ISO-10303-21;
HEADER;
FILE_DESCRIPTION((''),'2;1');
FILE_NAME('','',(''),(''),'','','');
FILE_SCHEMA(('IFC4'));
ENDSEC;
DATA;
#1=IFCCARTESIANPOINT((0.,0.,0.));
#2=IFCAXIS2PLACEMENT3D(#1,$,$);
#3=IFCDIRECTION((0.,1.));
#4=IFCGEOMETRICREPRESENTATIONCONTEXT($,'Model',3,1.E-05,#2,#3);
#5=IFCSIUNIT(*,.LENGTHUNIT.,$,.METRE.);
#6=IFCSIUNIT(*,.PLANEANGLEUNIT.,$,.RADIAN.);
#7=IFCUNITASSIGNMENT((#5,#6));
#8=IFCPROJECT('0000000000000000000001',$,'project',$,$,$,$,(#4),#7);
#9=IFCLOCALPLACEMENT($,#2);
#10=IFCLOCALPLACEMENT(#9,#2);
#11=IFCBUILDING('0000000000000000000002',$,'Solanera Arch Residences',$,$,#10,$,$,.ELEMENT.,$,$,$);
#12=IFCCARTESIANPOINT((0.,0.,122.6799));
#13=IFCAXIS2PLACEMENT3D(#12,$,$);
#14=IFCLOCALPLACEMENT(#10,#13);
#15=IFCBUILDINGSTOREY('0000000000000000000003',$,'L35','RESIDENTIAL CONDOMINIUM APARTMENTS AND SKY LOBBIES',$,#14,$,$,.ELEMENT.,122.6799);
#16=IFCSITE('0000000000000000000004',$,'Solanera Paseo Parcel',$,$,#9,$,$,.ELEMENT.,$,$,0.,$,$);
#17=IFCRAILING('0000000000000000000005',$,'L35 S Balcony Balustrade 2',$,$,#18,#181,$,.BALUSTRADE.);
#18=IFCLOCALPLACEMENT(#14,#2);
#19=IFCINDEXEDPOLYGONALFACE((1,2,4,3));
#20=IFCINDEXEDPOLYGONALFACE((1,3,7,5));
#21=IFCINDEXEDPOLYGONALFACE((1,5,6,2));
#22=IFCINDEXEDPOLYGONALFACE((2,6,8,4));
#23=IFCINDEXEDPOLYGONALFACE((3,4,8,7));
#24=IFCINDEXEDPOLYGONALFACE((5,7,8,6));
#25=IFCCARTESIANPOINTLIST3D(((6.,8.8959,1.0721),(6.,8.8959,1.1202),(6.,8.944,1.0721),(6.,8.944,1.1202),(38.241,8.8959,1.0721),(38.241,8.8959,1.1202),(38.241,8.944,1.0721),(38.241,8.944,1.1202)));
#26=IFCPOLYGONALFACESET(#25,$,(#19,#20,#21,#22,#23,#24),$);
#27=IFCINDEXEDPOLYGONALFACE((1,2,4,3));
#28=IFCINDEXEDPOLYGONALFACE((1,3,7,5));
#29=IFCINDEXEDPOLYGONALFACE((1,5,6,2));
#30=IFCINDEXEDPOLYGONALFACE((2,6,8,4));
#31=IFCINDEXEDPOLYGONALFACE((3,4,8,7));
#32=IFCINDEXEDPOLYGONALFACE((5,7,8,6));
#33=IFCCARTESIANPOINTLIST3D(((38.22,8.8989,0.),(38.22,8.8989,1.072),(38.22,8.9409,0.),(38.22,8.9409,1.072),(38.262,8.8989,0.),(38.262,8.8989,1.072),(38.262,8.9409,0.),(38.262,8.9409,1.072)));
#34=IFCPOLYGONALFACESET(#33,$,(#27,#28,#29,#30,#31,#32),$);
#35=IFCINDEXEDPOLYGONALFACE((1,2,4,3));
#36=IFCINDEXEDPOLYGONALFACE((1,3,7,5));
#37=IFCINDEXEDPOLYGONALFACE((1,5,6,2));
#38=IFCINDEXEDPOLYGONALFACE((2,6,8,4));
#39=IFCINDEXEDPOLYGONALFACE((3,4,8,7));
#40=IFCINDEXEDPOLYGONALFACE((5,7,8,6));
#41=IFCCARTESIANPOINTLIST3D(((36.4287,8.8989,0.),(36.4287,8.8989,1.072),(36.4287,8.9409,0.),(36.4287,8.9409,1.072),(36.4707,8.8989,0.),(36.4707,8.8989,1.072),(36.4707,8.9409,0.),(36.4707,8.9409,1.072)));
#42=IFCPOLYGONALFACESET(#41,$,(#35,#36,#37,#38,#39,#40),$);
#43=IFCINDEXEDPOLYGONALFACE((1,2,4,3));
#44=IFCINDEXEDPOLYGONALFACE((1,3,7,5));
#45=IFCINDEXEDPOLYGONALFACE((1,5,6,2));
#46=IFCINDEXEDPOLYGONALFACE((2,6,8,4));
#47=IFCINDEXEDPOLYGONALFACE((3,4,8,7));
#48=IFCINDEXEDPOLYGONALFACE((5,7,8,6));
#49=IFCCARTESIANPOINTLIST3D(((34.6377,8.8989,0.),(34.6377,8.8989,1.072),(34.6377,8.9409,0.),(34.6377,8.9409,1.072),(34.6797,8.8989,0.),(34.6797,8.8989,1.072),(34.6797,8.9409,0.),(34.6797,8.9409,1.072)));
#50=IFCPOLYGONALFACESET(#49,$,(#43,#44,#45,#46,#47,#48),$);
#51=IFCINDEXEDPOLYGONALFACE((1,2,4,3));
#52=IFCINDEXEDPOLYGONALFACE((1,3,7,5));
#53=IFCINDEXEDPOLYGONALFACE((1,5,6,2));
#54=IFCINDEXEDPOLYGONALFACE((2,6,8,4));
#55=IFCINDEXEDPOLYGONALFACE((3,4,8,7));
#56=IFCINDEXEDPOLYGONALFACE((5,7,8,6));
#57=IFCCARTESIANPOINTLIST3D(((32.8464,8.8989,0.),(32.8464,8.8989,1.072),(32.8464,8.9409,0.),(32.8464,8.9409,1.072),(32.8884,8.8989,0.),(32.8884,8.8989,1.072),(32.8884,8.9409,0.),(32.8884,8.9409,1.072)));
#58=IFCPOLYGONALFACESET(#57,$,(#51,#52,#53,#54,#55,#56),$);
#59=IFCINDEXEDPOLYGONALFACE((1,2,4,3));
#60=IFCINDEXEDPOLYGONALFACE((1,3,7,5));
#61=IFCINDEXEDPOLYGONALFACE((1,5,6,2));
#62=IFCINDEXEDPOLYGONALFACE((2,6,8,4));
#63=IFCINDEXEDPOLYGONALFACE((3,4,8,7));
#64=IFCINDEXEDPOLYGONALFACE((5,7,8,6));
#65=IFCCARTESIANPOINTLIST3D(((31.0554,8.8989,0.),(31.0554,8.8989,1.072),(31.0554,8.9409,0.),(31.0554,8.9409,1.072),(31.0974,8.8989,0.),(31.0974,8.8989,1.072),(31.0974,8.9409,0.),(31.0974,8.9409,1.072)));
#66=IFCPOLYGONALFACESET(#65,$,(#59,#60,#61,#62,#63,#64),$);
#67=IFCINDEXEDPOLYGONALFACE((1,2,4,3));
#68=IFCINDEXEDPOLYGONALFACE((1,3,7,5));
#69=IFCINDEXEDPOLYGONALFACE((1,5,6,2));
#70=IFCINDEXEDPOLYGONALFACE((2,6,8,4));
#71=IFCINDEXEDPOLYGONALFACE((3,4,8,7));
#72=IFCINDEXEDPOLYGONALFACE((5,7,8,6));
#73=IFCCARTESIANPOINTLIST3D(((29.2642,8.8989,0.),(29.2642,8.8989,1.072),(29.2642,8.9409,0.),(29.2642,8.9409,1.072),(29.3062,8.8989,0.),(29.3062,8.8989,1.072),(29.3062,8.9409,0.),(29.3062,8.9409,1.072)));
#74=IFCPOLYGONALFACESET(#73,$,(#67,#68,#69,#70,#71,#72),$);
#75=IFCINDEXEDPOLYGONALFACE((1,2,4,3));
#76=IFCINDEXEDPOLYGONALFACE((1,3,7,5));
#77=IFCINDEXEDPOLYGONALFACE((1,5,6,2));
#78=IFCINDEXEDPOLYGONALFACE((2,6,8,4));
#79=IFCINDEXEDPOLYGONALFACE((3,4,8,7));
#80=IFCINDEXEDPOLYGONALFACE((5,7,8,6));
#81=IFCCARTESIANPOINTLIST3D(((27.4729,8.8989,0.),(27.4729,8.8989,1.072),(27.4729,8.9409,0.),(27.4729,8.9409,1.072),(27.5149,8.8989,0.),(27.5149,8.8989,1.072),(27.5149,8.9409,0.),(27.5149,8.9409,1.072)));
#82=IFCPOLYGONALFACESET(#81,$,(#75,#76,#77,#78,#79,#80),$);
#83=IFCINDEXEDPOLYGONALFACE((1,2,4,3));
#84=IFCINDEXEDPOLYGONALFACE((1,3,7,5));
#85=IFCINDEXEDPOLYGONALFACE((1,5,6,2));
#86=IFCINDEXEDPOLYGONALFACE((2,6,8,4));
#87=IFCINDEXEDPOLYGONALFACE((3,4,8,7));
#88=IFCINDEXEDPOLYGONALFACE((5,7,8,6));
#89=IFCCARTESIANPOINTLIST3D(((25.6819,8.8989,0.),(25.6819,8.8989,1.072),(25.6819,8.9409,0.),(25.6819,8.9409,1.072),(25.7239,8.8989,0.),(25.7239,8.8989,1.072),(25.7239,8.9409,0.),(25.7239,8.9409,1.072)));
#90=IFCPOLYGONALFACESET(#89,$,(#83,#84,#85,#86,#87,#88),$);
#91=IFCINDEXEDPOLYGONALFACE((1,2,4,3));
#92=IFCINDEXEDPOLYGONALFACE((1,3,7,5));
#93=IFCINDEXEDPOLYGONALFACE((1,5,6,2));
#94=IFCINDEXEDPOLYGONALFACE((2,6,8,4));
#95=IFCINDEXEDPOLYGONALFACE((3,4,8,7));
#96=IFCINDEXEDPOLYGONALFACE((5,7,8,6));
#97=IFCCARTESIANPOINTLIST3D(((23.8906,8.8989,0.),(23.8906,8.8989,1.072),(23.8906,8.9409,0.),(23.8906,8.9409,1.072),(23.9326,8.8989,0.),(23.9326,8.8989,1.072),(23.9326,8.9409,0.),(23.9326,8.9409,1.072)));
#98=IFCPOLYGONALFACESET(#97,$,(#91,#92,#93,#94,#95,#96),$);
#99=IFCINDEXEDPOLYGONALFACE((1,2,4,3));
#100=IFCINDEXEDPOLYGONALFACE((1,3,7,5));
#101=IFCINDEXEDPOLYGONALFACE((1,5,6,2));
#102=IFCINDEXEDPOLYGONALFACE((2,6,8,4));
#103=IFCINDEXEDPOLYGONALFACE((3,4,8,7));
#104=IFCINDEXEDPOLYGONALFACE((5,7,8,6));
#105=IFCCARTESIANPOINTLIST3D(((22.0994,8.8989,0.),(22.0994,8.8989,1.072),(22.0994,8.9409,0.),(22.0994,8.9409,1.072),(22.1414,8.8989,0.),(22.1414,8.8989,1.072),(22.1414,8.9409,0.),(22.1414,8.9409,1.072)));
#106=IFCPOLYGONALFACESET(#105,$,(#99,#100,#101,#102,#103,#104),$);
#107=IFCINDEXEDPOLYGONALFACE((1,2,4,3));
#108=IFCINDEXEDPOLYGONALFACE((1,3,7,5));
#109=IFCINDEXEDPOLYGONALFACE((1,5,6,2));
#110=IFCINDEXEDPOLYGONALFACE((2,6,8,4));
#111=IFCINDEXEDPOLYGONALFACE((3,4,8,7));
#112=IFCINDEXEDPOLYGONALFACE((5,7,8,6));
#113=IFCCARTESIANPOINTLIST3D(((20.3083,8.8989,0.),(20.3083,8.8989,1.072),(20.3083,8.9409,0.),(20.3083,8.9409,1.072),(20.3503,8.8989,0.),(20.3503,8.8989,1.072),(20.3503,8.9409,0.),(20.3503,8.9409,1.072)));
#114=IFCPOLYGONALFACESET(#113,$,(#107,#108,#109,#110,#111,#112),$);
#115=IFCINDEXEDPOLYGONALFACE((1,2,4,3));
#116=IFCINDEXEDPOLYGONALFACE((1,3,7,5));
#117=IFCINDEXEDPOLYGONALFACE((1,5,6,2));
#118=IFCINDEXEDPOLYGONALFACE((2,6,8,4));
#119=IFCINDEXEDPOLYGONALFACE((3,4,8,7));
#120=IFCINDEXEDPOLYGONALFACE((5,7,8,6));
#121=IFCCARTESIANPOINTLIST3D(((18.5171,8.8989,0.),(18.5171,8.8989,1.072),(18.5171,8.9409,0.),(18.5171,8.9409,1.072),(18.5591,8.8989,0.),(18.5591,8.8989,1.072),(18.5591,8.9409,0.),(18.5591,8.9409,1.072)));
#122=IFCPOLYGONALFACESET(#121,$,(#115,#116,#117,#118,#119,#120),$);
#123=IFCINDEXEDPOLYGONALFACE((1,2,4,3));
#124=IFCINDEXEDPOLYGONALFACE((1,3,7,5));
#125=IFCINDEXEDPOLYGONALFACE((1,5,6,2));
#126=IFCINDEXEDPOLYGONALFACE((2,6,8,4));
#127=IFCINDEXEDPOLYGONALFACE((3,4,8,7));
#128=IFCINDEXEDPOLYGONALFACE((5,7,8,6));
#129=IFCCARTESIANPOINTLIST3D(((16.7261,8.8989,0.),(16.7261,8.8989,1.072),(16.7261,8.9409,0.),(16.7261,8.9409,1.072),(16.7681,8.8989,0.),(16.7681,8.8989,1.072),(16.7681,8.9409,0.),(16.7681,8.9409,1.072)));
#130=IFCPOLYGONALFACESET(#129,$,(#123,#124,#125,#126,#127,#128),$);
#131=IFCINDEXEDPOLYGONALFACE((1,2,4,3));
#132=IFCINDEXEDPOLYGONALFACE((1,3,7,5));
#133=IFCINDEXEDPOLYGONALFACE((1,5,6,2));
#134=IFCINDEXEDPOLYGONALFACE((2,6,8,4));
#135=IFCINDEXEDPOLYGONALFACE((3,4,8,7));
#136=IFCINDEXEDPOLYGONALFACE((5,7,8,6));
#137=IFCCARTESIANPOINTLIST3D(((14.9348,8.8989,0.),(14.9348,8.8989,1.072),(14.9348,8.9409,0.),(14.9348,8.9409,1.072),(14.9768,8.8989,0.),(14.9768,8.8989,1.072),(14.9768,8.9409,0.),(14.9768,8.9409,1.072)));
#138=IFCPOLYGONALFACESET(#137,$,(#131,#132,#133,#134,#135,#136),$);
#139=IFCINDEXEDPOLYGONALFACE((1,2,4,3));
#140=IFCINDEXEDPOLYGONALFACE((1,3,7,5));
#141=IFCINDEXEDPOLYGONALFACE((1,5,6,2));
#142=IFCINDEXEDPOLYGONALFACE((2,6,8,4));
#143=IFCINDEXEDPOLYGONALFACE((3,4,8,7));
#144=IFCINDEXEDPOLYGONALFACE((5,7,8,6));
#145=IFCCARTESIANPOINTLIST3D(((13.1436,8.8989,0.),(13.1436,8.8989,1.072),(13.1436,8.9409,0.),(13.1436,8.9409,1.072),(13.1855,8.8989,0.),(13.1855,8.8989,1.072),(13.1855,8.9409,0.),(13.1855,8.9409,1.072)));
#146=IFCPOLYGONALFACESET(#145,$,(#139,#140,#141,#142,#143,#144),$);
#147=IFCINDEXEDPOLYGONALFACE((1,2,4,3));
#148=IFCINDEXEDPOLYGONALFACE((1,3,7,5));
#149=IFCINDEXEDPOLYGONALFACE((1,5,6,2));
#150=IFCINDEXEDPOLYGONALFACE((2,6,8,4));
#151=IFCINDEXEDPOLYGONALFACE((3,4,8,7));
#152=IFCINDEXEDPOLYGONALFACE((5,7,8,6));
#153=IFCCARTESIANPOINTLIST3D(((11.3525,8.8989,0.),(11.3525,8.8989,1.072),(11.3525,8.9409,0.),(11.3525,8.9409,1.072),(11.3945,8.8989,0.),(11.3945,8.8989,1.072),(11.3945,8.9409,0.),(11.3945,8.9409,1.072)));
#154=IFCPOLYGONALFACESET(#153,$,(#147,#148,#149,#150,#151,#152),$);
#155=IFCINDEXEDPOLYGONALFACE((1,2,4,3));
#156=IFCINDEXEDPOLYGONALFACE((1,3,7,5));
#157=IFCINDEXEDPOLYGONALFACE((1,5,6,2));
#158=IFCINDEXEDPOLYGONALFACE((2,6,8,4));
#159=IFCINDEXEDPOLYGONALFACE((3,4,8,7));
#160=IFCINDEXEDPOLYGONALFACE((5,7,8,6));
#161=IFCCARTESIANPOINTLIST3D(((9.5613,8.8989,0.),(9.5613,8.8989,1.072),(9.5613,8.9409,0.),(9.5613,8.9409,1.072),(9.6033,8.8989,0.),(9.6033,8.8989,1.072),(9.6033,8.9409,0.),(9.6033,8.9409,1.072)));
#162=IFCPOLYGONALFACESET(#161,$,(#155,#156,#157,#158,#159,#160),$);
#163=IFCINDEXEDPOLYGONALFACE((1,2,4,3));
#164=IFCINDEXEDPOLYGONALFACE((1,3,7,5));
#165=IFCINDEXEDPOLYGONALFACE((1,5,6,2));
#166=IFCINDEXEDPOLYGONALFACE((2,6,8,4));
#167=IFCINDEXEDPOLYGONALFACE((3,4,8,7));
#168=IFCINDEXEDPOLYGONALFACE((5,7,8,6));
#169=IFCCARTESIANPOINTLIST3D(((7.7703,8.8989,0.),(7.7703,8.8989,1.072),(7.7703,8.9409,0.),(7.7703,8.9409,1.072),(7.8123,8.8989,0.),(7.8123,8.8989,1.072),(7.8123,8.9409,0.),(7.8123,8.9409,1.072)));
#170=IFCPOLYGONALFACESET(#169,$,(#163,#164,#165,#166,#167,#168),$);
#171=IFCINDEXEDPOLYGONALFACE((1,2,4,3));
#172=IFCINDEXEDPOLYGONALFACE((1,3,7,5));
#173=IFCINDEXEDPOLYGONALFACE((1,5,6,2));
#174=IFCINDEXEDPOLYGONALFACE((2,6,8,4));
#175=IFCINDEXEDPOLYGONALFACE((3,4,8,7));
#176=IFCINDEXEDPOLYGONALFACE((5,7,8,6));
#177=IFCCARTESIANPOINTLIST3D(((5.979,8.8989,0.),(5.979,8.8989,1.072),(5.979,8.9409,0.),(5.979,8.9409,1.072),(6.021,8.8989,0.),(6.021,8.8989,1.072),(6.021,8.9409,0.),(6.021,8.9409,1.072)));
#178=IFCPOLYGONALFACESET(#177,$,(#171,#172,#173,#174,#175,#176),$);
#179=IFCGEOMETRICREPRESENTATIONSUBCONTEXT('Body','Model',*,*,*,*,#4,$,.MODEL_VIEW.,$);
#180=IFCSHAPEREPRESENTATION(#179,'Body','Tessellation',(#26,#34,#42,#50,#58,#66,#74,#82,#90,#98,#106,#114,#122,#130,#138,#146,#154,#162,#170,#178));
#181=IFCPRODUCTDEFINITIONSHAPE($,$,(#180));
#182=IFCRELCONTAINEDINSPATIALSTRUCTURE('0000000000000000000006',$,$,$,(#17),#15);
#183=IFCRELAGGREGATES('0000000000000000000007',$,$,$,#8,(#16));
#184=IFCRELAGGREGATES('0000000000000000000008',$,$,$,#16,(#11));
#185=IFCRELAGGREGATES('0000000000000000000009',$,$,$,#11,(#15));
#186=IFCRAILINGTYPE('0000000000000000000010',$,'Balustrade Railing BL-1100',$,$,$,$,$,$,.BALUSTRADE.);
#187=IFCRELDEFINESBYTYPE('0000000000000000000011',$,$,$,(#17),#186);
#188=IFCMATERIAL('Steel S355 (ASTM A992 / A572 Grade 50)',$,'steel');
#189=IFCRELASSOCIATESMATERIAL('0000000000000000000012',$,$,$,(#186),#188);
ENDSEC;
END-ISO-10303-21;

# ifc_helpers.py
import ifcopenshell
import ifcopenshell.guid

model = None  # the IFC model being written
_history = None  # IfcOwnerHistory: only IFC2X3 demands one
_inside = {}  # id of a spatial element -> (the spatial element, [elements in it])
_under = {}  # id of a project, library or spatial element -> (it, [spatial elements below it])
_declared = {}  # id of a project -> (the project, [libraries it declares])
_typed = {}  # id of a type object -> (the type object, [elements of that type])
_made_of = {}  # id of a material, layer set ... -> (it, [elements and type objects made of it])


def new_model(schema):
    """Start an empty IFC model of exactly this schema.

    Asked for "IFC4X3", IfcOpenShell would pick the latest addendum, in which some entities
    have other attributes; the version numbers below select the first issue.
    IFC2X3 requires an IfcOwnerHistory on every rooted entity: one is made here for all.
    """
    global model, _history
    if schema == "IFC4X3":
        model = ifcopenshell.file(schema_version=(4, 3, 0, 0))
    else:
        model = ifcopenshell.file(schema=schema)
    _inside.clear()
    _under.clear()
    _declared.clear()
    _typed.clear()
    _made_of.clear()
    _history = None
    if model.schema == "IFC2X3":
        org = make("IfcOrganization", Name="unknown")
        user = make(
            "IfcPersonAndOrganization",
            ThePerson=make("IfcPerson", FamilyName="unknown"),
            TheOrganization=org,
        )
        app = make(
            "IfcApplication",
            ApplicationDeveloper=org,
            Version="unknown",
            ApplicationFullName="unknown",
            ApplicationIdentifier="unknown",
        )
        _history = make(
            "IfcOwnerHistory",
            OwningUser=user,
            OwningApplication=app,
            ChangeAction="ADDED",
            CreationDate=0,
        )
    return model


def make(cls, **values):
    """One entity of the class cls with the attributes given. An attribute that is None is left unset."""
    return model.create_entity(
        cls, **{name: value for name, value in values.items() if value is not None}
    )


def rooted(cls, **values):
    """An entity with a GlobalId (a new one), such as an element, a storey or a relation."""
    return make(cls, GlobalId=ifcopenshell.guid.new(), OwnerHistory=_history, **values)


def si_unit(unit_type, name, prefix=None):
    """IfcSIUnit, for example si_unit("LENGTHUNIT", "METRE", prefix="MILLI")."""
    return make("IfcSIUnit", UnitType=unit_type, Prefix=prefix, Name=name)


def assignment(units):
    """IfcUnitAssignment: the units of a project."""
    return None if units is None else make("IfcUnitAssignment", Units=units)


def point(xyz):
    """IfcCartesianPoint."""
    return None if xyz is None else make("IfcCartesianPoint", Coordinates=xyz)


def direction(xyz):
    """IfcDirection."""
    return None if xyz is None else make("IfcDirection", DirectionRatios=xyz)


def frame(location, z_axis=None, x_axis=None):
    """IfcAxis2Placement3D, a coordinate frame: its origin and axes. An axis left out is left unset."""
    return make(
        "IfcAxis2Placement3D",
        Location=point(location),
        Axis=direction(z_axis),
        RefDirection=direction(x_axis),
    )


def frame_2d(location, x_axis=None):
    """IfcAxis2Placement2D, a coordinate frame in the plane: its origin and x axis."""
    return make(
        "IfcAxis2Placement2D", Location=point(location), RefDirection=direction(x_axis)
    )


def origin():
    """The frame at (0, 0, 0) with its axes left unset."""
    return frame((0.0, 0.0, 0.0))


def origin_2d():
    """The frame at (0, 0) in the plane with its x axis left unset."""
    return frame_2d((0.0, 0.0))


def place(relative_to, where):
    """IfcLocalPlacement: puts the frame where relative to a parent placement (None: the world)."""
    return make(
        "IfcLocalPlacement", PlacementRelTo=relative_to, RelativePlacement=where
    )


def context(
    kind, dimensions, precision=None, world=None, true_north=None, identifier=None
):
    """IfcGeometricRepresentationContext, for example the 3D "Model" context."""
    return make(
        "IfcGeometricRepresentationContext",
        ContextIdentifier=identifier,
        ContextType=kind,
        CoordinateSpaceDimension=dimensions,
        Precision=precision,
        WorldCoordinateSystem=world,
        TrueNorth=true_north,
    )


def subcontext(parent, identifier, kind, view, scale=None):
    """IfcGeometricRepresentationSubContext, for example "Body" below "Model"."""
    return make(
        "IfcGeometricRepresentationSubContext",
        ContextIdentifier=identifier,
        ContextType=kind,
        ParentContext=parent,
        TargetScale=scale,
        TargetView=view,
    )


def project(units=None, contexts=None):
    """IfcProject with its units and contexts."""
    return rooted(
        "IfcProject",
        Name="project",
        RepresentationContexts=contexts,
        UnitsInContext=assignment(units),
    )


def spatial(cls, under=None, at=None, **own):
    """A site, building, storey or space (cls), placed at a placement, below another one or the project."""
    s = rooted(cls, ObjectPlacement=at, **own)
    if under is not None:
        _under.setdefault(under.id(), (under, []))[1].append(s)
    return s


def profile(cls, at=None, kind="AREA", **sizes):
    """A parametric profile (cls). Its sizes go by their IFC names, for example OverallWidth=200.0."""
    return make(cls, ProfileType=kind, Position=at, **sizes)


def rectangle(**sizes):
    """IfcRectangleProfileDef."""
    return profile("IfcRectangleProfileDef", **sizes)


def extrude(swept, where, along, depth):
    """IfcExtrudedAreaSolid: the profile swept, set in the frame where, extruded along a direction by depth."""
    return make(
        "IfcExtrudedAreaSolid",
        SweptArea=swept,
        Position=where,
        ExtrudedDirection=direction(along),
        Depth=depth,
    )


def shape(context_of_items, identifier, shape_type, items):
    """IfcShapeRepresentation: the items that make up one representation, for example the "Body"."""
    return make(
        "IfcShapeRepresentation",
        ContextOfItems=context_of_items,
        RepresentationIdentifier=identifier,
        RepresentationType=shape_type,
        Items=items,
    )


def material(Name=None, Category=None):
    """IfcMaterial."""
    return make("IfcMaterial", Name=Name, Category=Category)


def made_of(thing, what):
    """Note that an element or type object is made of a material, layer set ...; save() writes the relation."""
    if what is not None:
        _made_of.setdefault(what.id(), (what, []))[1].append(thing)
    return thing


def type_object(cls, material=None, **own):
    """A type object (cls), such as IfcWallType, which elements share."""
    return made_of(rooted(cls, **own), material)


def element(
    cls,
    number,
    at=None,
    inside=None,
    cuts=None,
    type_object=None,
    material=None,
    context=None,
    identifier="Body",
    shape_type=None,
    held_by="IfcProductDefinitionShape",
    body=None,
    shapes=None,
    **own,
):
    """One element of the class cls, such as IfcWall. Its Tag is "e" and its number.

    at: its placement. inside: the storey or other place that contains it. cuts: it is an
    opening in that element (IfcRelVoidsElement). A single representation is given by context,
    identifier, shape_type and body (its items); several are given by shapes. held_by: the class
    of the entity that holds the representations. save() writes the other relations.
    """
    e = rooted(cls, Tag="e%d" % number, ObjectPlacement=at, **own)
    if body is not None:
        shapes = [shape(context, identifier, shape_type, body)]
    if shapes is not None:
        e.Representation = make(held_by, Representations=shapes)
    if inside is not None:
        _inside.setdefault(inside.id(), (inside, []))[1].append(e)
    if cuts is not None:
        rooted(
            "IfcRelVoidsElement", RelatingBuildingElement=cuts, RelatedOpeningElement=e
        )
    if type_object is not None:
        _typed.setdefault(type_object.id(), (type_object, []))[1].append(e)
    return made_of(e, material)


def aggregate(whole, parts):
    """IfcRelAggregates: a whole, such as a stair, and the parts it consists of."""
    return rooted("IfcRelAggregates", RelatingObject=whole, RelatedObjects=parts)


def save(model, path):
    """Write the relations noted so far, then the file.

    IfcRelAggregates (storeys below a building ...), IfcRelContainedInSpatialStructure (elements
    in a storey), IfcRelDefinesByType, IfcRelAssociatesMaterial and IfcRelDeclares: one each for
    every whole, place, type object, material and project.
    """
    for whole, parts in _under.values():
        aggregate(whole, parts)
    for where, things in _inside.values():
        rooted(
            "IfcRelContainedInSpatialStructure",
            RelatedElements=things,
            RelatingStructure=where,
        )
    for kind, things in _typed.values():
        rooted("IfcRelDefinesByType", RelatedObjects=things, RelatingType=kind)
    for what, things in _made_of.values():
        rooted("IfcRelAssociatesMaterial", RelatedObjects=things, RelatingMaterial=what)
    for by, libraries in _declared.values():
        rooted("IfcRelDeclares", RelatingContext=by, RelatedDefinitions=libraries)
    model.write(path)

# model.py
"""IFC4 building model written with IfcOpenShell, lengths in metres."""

from ifc_helpers import new_model, si_unit, direction, frame, origin, origin_2d, place, context, subcontext, project, spatial, rectangle, extrude, material, type_object, element, save


model = new_model("IFC4")

# Units and contexts
model_context = context("Model", 3, precision=1e-05, world=origin(), true_north=direction((0.0, 1.0)))
body_context = subcontext(model_context, "Body", "Model", "MODEL_VIEW")
ifc_project = project(units=[si_unit("LENGTHUNIT", "METRE"), si_unit("PLANEANGLEUNIT", "RADIAN")], contexts=[model_context])

# Site, building, storey
site_placement = place(None, origin())
site = spatial("IfcSite", under=ifc_project, at=site_placement, Name="Solanera Paseo Parcel", CompositionType="ELEMENT", RefElevation=0.0)
building_placement = place(site_placement, origin())
building = spatial("IfcBuilding", under=site, at=building_placement, Name="Solanera Arch Residences", CompositionType="ELEMENT")
storey_placement = place(building_placement, frame((0.0, 0.0, 122.6799)))
storey = spatial("IfcBuildingStorey", under=building, at=storey_placement, Name="L35", Description="RESIDENTIAL CONDOMINIUM APARTMENTS AND SKY LOBBIES", CompositionType="ELEMENT", Elevation=122.6799)

# Railing
ifc_material_1 = material(Name="Steel S355 (ASTM A992 / A572 Grade 50)", Category="steel")
railing_type = type_object("IfcRailingType", Name="Balustrade Railing BL-1100", PredefinedType="BALUSTRADE", material=ifc_material_1)
railing_1_placement = place(storey_placement, frame((38.241, 8.9199, 0.0)))
element("IfcRailing", 1, at=railing_1_placement, inside=storey, type_object=railing_type, Name="L35 S Balcony Balustrade 2", PredefinedType="BALUSTRADE", context=body_context, shape_type="SweptSolid", body=[
    extrude(rectangle(XDim=0.0481, YDim=0.0481, at=origin_2d()), frame((0.0, 0.0, 1.0962), z_axis=(-1.0, 0.0, 0.0), x_axis=(0.0, -1.0, 0.0)), (0.0, 0.0, 1.0), 32.241),
    extrude(rectangle(XDim=0.042, YDim=0.042, at=origin_2d()), origin(), (0.0, 0.0, 1.0), 1.072),
    extrude(rectangle(XDim=0.042, YDim=0.042, at=origin_2d()), frame((-1.7913, 0.0, 0.0)), (0.0, 0.0, 1.0), 1.072),
    extrude(rectangle(XDim=0.042, YDim=0.042, at=origin_2d()), frame((-3.5823, 0.0, 0.0)), (0.0, 0.0, 1.0), 1.072),
    extrude(rectangle(XDim=0.042, YDim=0.042, at=origin_2d()), frame((-5.3735, 0.0, 0.0)), (0.0, 0.0, 1.0), 1.072),
    extrude(rectangle(XDim=0.042, YDim=0.042, at=origin_2d()), frame((-7.1646, 0.0, 0.0)), (0.0, 0.0, 1.0), 1.072),
    extrude(rectangle(XDim=0.042, YDim=0.042, at=origin_2d()), frame((-8.9558, 0.0, 0.0)), (0.0, 0.0, 1.0), 1.072),
    extrude(rectangle(XDim=0.042, YDim=0.042, at=origin_2d()), frame((-10.7471, 0.0, 0.0)), (0.0, 0.0, 1.0), 1.072),
    extrude(rectangle(XDim=0.042, YDim=0.042, at=origin_2d()), frame((-12.5381, 0.0, 0.0)), (0.0, 0.0, 1.0), 1.072),
    extrude(rectangle(XDim=0.042, YDim=0.042, at=origin_2d()), frame((-14.3293, 0.0, 0.0)), (0.0, 0.0, 1.0), 1.072),
    extrude(rectangle(XDim=0.042, YDim=0.042, at=origin_2d()), frame((-16.1206, 0.0, 0.0)), (0.0, 0.0, 1.0), 1.072),
    extrude(rectangle(XDim=0.042, YDim=0.042, at=origin_2d()), frame((-17.9116, 0.0, 0.0)), (0.0, 0.0, 1.0), 1.072),
    extrude(rectangle(XDim=0.042, YDim=0.042, at=origin_2d()), frame((-19.7029, 0.0, 0.0)), (0.0, 0.0, 1.0), 1.072),
    extrude(rectangle(XDim=0.042, YDim=0.042, at=origin_2d()), frame((-21.4939, 0.0, 0.0)), (0.0, 0.0, 1.0), 1.072),
    extrude(rectangle(XDim=0.042, YDim=0.042, at=origin_2d()), frame((-23.2852, 0.0, 0.0)), (0.0, 0.0, 1.0), 1.072),
    extrude(rectangle(XDim=0.042, YDim=0.042, at=origin_2d()), frame((-25.0764, 0.0, 0.0)), (0.0, 0.0, 1.0), 1.072),
    extrude(rectangle(XDim=0.042, YDim=0.042, at=origin_2d()), frame((-26.8674, 0.0, 0.0)), (0.0, 0.0, 1.0), 1.072),
    extrude(rectangle(XDim=0.042, YDim=0.042, at=origin_2d()), frame((-28.6587, 0.0, 0.0)), (0.0, 0.0, 1.0), 1.072),
    extrude(rectangle(XDim=0.042, YDim=0.042, at=origin_2d()), frame((-30.4497, 0.0, 0.0)), (0.0, 0.0, 1.0), 1.072),
    extrude(rectangle(XDim=0.042, YDim=0.042, at=origin_2d()), frame((-32.241, 0.0, 0.0)), (0.0, 0.0, 1.0), 1.072),
])

save(model, "model.ifc")
